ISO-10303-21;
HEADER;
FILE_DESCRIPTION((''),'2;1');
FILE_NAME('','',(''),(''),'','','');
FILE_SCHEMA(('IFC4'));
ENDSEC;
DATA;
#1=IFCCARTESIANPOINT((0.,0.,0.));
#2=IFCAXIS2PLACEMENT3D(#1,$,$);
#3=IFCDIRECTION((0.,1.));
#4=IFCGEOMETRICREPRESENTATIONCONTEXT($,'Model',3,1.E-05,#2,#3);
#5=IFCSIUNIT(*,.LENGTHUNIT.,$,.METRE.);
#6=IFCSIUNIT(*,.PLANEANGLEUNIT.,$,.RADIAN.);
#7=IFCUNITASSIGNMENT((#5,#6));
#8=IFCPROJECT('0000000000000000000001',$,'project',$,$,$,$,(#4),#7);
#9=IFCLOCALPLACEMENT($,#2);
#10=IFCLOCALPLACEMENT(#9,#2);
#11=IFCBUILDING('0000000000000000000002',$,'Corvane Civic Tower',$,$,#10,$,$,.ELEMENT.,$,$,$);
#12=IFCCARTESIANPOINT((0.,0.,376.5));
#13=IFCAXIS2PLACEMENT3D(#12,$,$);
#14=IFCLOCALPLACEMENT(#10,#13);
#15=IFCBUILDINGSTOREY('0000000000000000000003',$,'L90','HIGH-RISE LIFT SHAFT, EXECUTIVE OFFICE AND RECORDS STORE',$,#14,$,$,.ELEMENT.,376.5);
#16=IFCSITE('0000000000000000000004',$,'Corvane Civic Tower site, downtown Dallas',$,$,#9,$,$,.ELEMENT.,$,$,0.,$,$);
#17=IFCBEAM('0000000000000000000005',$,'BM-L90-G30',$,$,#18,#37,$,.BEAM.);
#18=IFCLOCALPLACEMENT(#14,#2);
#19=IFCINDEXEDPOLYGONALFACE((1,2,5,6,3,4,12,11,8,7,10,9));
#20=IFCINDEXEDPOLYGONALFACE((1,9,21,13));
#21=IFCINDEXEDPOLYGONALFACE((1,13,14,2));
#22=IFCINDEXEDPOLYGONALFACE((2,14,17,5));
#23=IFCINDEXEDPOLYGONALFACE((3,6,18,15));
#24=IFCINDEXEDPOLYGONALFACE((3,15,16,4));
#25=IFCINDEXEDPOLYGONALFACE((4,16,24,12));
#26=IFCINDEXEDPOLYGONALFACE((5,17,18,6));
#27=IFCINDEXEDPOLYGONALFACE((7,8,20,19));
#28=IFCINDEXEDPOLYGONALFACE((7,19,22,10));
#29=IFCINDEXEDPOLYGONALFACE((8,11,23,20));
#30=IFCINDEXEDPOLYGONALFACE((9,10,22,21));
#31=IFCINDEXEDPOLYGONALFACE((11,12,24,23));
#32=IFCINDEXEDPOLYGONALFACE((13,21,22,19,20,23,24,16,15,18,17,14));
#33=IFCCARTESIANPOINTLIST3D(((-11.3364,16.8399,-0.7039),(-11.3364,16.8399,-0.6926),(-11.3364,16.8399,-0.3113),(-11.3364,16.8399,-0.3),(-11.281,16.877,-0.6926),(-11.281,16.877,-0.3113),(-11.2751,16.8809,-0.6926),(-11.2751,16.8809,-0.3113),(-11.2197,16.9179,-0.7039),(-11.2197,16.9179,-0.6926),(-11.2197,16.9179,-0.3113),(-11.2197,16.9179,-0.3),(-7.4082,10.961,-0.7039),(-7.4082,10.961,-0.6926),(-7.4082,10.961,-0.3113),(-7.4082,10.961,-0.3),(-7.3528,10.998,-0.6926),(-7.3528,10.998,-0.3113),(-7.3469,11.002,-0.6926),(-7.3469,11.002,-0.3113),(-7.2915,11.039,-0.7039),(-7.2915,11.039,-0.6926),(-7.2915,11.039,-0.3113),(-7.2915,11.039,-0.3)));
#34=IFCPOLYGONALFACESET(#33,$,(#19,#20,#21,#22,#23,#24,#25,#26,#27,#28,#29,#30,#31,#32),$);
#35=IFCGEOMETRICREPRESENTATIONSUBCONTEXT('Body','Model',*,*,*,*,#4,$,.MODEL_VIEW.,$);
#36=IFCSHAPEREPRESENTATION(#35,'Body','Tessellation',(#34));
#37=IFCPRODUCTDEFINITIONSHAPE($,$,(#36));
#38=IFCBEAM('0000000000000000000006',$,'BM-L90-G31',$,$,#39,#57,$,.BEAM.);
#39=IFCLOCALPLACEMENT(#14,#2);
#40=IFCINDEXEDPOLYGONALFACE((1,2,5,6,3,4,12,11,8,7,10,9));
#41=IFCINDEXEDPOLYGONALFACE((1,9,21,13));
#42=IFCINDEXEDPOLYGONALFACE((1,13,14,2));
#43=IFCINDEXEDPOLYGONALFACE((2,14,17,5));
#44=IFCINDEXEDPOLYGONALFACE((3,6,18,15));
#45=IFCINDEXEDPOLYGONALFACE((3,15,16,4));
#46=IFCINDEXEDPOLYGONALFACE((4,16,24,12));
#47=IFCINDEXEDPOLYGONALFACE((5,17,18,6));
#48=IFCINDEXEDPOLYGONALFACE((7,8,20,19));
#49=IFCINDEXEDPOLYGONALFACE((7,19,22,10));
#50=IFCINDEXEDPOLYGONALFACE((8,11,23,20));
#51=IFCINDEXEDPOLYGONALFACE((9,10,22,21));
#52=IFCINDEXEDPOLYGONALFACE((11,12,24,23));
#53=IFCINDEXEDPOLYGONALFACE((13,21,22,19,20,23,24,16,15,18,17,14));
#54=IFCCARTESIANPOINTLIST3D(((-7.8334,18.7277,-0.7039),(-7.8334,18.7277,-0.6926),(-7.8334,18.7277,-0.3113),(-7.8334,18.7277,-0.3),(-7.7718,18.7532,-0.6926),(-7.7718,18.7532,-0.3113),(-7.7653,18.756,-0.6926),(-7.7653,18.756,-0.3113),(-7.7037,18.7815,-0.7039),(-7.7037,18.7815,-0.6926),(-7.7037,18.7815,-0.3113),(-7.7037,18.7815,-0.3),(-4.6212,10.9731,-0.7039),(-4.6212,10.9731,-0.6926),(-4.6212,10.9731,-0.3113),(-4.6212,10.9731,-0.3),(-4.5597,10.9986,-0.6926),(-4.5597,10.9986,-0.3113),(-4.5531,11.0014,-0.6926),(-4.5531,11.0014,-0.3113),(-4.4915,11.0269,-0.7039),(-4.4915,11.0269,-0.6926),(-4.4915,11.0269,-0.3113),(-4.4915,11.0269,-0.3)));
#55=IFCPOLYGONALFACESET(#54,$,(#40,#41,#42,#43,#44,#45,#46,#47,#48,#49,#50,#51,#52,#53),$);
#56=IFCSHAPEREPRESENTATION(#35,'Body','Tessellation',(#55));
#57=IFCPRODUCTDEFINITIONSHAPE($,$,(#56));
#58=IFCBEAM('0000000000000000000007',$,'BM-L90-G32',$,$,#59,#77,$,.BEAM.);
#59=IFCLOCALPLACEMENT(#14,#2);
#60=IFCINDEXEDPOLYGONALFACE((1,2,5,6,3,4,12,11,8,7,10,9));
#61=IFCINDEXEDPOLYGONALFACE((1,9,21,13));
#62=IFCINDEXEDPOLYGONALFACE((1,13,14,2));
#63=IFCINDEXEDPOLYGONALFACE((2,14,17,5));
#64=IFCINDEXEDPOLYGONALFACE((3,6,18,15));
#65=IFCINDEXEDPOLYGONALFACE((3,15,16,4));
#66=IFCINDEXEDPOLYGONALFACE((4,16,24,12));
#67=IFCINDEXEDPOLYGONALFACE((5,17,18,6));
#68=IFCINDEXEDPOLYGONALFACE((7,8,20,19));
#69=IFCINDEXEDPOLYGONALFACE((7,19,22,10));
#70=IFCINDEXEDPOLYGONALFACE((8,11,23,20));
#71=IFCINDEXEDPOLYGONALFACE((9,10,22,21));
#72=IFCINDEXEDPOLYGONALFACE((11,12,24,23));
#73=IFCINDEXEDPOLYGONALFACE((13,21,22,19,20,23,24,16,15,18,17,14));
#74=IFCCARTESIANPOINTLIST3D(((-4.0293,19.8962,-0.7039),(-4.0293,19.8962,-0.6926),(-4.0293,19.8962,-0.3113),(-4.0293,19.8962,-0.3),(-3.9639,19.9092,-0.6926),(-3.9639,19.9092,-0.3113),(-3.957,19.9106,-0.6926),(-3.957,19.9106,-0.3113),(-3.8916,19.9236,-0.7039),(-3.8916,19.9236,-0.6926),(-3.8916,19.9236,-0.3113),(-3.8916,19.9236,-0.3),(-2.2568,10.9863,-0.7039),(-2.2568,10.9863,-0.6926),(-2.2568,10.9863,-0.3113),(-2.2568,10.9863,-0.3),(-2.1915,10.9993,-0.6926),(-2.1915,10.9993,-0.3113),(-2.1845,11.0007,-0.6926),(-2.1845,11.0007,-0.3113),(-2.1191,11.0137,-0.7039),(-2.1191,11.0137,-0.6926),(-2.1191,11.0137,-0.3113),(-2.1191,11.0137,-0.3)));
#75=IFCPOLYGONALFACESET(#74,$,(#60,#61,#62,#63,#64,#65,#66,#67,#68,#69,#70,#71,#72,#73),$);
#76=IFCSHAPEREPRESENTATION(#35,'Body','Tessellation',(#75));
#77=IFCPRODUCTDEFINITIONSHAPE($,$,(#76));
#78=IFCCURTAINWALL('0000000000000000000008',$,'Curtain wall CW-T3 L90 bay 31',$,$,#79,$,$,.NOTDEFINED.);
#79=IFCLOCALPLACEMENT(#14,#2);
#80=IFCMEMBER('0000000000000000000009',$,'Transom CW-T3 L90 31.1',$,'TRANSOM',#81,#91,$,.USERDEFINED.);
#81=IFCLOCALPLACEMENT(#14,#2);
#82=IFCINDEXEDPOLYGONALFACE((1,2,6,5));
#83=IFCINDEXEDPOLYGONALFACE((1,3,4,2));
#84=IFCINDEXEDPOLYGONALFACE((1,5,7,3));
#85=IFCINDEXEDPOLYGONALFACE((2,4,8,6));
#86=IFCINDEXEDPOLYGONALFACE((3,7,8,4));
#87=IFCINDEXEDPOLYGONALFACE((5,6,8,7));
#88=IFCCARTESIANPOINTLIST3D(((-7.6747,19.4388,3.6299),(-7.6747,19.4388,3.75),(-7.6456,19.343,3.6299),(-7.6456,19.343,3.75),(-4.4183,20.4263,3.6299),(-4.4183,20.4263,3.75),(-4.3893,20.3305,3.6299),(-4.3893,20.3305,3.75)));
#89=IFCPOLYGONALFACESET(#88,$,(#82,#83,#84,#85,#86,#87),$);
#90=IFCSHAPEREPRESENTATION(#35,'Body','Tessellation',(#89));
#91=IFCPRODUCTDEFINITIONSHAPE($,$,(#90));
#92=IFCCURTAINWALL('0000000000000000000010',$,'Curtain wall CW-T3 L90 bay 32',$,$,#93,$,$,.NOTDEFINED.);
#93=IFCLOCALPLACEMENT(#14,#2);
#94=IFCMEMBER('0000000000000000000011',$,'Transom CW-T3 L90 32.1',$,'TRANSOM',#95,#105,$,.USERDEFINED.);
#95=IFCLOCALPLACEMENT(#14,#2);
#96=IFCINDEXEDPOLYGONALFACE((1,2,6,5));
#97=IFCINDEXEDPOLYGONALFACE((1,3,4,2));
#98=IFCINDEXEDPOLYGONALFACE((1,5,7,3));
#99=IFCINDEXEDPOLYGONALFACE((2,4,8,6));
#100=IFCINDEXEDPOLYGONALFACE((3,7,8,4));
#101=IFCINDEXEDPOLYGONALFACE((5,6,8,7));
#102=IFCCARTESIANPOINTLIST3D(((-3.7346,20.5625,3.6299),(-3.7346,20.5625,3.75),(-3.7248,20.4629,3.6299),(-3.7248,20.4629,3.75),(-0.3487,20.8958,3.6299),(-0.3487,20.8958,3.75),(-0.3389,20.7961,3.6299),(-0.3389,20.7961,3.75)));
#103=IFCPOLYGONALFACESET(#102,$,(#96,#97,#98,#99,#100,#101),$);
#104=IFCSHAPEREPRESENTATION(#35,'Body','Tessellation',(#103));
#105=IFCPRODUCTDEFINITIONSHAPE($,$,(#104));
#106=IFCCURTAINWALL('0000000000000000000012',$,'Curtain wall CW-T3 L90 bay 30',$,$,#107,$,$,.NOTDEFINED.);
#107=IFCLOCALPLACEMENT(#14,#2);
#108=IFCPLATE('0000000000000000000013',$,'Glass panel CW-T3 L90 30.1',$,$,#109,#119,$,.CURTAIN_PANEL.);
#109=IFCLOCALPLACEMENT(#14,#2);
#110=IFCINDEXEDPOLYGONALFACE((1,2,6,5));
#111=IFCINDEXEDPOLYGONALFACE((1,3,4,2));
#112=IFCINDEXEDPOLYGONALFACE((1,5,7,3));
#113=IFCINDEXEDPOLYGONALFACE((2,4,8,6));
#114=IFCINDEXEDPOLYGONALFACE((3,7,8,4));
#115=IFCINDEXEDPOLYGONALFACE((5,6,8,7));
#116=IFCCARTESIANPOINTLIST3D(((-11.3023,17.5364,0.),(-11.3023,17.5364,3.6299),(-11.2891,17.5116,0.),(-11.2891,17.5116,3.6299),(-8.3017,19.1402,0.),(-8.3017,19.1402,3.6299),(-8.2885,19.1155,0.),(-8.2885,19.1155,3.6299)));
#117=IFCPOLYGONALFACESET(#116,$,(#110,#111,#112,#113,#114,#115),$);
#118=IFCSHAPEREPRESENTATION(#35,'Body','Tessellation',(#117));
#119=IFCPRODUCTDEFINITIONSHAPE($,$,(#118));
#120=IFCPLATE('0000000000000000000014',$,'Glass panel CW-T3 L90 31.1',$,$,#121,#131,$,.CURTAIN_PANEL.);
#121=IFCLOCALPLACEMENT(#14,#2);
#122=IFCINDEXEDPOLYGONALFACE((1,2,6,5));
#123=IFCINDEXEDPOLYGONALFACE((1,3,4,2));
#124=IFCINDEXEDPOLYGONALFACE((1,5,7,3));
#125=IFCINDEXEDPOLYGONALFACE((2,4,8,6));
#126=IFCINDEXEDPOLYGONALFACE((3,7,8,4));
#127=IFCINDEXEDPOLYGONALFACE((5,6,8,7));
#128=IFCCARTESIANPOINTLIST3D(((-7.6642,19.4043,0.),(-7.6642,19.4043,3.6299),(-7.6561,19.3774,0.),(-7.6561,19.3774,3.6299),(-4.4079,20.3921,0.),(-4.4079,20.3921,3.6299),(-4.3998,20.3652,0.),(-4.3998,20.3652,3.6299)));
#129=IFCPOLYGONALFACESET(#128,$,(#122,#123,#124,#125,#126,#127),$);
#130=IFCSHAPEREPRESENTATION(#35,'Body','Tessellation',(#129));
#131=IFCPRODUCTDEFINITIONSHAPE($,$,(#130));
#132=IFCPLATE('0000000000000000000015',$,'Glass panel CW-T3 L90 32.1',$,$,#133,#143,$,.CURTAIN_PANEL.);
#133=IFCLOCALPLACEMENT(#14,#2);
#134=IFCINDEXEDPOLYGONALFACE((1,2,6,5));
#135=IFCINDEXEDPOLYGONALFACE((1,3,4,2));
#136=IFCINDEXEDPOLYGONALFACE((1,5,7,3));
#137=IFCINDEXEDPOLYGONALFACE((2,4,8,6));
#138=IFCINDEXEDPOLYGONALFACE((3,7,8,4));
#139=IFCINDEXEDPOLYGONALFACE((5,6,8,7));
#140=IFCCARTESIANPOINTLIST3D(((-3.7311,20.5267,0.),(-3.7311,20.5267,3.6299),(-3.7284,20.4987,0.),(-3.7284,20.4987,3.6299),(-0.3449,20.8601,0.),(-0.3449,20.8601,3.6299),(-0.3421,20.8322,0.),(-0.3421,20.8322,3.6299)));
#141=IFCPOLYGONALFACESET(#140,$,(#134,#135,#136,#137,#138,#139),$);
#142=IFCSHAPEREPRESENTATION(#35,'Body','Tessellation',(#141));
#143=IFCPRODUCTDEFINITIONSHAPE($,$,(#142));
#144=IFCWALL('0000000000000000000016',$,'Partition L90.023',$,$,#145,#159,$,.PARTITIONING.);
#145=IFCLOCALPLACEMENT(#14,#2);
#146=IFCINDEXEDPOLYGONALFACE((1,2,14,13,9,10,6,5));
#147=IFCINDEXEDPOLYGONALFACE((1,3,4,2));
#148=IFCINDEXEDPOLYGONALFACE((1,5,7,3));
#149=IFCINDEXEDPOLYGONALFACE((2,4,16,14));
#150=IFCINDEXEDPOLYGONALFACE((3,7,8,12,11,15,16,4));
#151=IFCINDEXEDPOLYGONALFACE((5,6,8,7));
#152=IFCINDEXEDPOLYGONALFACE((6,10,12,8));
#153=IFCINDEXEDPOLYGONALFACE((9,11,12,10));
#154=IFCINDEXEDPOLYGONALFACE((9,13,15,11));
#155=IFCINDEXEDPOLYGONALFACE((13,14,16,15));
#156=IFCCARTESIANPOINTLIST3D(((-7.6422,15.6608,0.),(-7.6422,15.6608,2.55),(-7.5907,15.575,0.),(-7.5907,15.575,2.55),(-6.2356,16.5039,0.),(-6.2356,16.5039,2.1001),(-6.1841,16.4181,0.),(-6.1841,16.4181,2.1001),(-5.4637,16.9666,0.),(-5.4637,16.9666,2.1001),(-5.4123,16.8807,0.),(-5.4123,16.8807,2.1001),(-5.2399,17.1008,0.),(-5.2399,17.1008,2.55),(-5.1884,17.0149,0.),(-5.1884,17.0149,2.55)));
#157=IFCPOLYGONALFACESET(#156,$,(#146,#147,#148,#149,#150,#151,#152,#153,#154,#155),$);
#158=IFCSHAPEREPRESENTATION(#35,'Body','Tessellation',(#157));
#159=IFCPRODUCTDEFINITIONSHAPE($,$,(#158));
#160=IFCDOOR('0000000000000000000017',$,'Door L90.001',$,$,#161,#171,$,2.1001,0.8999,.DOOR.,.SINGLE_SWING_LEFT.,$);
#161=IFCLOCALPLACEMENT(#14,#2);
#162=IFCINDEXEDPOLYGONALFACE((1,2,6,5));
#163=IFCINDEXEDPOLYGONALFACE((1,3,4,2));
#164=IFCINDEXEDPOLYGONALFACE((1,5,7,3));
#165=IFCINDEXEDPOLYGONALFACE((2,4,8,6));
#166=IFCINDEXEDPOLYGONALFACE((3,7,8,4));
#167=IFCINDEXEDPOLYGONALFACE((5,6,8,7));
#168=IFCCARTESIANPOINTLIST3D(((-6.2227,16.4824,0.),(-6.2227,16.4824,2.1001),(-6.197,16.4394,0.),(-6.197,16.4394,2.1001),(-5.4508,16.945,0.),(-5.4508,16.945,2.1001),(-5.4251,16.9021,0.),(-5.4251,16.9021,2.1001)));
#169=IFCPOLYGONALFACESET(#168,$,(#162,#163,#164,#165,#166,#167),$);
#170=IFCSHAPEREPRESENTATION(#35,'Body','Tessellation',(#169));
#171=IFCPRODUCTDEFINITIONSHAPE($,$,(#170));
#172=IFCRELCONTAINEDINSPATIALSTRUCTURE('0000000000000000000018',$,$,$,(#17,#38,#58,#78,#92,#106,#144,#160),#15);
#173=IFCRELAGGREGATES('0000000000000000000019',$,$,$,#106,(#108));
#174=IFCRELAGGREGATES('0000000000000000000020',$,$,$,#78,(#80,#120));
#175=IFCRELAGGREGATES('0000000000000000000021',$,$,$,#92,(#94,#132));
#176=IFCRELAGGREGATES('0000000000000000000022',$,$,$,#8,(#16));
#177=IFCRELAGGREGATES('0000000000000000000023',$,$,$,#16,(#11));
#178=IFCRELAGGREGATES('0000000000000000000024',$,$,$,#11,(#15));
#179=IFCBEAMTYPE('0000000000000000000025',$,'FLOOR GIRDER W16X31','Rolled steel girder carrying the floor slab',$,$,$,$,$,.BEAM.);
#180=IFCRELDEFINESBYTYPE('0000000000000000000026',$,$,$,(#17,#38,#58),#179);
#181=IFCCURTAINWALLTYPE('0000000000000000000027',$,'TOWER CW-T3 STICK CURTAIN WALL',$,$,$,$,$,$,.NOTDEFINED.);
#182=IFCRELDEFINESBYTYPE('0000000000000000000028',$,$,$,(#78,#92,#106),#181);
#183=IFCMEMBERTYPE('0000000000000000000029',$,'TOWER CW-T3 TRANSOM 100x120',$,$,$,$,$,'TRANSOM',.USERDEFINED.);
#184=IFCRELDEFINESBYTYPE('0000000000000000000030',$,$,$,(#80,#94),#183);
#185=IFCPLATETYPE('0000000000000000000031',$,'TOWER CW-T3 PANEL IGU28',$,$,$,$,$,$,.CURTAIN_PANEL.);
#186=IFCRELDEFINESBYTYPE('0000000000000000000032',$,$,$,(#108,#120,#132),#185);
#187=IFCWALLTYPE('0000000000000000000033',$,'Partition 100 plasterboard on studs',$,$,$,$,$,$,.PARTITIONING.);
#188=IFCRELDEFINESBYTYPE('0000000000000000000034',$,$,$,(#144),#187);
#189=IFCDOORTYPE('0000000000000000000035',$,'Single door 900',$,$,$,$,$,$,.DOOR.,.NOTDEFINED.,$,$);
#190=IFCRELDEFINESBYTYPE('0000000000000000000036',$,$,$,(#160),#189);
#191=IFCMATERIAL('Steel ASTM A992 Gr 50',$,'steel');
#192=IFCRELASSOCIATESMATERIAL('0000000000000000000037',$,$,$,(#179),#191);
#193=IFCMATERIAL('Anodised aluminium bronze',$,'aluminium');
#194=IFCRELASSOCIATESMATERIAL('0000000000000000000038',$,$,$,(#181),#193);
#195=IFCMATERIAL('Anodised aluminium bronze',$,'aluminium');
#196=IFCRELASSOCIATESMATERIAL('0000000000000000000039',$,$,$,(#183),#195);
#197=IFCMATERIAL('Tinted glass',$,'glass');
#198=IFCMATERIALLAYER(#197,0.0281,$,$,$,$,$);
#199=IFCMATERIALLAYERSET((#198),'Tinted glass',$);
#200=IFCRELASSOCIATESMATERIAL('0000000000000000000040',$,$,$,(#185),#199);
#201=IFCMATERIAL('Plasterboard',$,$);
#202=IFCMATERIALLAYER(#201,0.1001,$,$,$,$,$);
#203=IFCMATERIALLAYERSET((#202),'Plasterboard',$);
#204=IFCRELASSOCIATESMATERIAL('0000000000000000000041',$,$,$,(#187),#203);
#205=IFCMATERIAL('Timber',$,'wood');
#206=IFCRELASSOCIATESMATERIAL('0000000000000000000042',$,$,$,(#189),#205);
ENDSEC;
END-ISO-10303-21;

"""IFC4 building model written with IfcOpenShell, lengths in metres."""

from ifc_helpers import new_model, si_unit, direction, frame, frame_2d, origin, origin_2d, place, context, subcontext, project, spatial, rectangle, i_section, extrude, material, layer, layer_set, material_profile, profile_set, type_object, element, fill, aggregate, save


model = new_model("IFC4")

# Units and contexts
model_context = context("Model", 3, precision=1e-05, world=origin(), true_north=direction((0.0, 1.0)))
body_context = subcontext(model_context, "Body", "Model", "MODEL_VIEW")
ifc_project = project(units=[si_unit("LENGTHUNIT", "METRE"), si_unit("PLANEANGLEUNIT", "RADIAN")], contexts=[model_context])

# Site, building, storey
site_placement = place(None, origin())
site = spatial("IfcSite", under=ifc_project, at=site_placement, Name="Corvane Civic Tower site, downtown Dallas", CompositionType="ELEMENT", RefElevation=0.0)
building_placement = place(site_placement, origin())
building = spatial("IfcBuilding", under=site, at=building_placement, Name="Corvane Civic Tower", CompositionType="ELEMENT")
storey_placement = place(building_placement, frame((0.0, 0.0, 376.5)))
storey = spatial("IfcBuildingStorey", under=building, at=storey_placement, Name="L90", Description="HIGH-RISE LIFT SHAFT, EXECUTIVE OFFICE AND RECORDS STORE", CompositionType="ELEMENT", Elevation=376.5)

# Beams
ifc_material_1 = material(Name="Steel ASTM A992 Gr 50", Category="steel")
ifc_material_profile_1 = material_profile(ifc_material_1, i_section(OverallWidth=0.1404, OverallDepth=0.4038, WebThickness=0.0071, FlangeThickness=0.0112, at=origin_2d()), Name="W16X31")
ifc_profile_set_1 = profile_set([ifc_material_profile_1], Name="Steel ASTM A992 Gr 50")
beam_type_1 = type_object("IfcBeamType", Name="FLOOR GIRDER W16X31", Description="Rolled steel girder carrying the floor slab", PredefinedType="BEAM", material=ifc_profile_set_1)
beam_1_placement = place(storey_placement, frame((-7.3499, 11.0, -0.502), z_axis=(-0.555576, 0.831465, 0.0), x_axis=(-0.831465, -0.555576, 0.0)))
element("IfcBeam", 1, at=beam_1_placement, inside=storey, type_object=beam_type_1, Name="BM-L90-G30", PredefinedType="BEAM", context=body_context, shape_type="SweptSolid", body=[
    extrude(i_section(OverallWidth=0.1404, OverallDepth=0.4038, WebThickness=0.0071, FlangeThickness=0.0112, at=origin_2d()), origin(), (0.0, 0.0, 1.0), 7.0706),
])
beam_2_placement = place(storey_placement, frame((-4.5564, 11.0, -0.502), z_axis=(-0.382692, 0.923876, 0.0), x_axis=(-0.923876, -0.382692, 0.0)))
element("IfcBeam", 2, at=beam_2_placement, inside=storey, type_object=beam_type_1, Name="BM-L90-G31", PredefinedType="BEAM", context=body_context, shape_type="SweptSolid", body=[
    extrude(i_section(OverallWidth=0.1404, OverallDepth=0.4038, WebThickness=0.0071, FlangeThickness=0.0112, at=origin_2d()), origin(), (0.0, 0.0, 1.0), 8.3936),
])
beam_3_placement = place(storey_placement, frame((-2.188, 11.0, -0.502), z_axis=(-0.195108, 0.980782, 0.0), x_axis=(-0.980782, -0.195108, 0.0)))
element("IfcBeam", 3, at=beam_3_placement, inside=storey, type_object=beam_type_1, Name="BM-L90-G32", PredefinedType="BEAM", context=body_context, shape_type="SweptSolid", body=[
    extrude(i_section(OverallWidth=0.1404, OverallDepth=0.4038, WebThickness=0.0071, FlangeThickness=0.0112, at=origin_2d()), origin(), (0.0, 0.0, 1.0), 9.0845),
])

# Curtain walls, members
ifc_material_2 = material(Name="Anodised aluminium bronze", Category="aluminium")
curtain_wall_type = type_object("IfcCurtainWallType", Name="TOWER CW-T3 STICK CURTAIN WALL", PredefinedType="NOTDEFINED", material=ifc_material_2)
curtain_wall_1_placement = place(storey_placement, origin())
curtain_wall_1 = element("IfcCurtainWall", 4, at=curtain_wall_1_placement, inside=storey, type_object=curtain_wall_type, Name="Curtain wall CW-T3 L90 bay 31", PredefinedType="NOTDEFINED")
ifc_material_3 = material(Name="Anodised aluminium bronze", Category="aluminium")
ifc_material_profile_2 = material_profile(ifc_material_3, rectangle(XDim=0.1001, YDim=0.1201, at=origin_2d()), Name="TOWER CW-T3 TRANSOM 100x120")
ifc_profile_set_2 = profile_set([ifc_material_profile_2], Name="Anodised aluminium bronze")
member_type = type_object("IfcMemberType", Name="TOWER CW-T3 TRANSOM 100x120", ElementType="TRANSOM", PredefinedType="USERDEFINED", material=ifc_profile_set_2)
member_1_placement = place(storey_placement, frame((-7.6602, 19.3909, 3.6899), z_axis=(0.956961, 0.290216, 0.0), x_axis=(-0.290216, 0.956961, 0.0)))
member_1 = element("IfcMember", 5, at=member_1_placement, type_object=member_type, Name="Transom CW-T3 L90 31.1", ObjectType="TRANSOM", PredefinedType="USERDEFINED", context=body_context, shape_type="SweptSolid", body=[
    extrude(rectangle(XDim=0.1001, YDim=0.1201, at=origin_2d()), origin(), (0.0, 0.0, 1.0), 3.4028),
])
curtain_wall_2_placement = place(storey_placement, origin())
curtain_wall_2 = element("IfcCurtainWall", 6, at=curtain_wall_2_placement, inside=storey, type_object=curtain_wall_type, Name="Curtain wall CW-T3 L90 bay 32", PredefinedType="NOTDEFINED")
member_2_placement = place(storey_placement, frame((-3.7297, 20.5127, 3.6899), z_axis=(0.995192, 0.097948, 0.0), x_axis=(-0.097948, 0.995192, 0.0)))
member_2 = element("IfcMember", 7, at=member_2_placement, type_object=member_type, Name="Transom CW-T3 L90 32.1", ObjectType="TRANSOM", PredefinedType="USERDEFINED", context=body_context, shape_type="SweptSolid", body=[
    extrude(rectangle(XDim=0.1001, YDim=0.1201, at=origin_2d()), origin(), (0.0, 0.0, 1.0), 3.4023),
])

# Curtain wall, plate
curtain_wall_3_placement = place(storey_placement, origin())
curtain_wall_3 = element("IfcCurtainWall", 8, at=curtain_wall_3_placement, inside=storey, type_object=curtain_wall_type, Name="Curtain wall CW-T3 L90 bay 30", PredefinedType="NOTDEFINED")
ifc_material_4 = material(Name="Tinted glass", Category="glass")
ifc_layer_1 = layer(ifc_material_4, 0.0281)
ifc_layer_set_1 = layer_set([ifc_layer_1], Name="Tinted glass")
plate_type = type_object("IfcPlateType", Name="TOWER CW-T3 PANEL IGU28", PredefinedType="CURTAIN_PANEL", material=ifc_layer_set_1)
plate_1_placement = place(storey_placement, frame((-9.7954, 18.3259, 0.0), z_axis=(0.0, 0.0, 1.0), x_axis=(0.881928, 0.471384, 0.0)))
plate_1 = element("IfcPlate", 9, at=plate_1_placement, type_object=plate_type, Name="Glass panel CW-T3 L90 30.1", PredefinedType="CURTAIN_PANEL", context=body_context, shape_type="SweptSolid", body=[
    extrude(rectangle(XDim=3.4023, YDim=0.0281, at=origin_2d()), origin(), (0.0, 0.0, 1.0), 3.6299),
])
aggregate(curtain_wall_3, [plate_1])

# Plates
plate_2_placement = place(storey_placement, frame((-6.032, 19.8848, 0.0), z_axis=(0.0, 0.0, 1.0), x_axis=(0.956939, 0.29029, 0.0)))
plate_2 = element("IfcPlate", 10, at=plate_2_placement, type_object=plate_type, Name="Glass panel CW-T3 L90 31.1", PredefinedType="CURTAIN_PANEL", context=body_context, shape_type="SweptSolid", body=[
    extrude(rectangle(XDim=3.4028, YDim=0.0281, at=origin_2d()), origin(), (0.0, 0.0, 1.0), 3.6299),
])
aggregate(curtain_wall_1, [member_1, plate_2])
plate_3_placement = place(storey_placement, frame((-2.0366, 20.6794, 0.0), z_axis=(0.0, 0.0, 1.0), x_axis=(0.995187, 0.097998, 0.0)))
plate_3 = element("IfcPlate", 11, at=plate_3_placement, type_object=plate_type, Name="Glass panel CW-T3 L90 32.1", PredefinedType="CURTAIN_PANEL", context=body_context, shape_type="SweptSolid", body=[
    extrude(rectangle(XDim=3.4026, YDim=0.0281, at=origin_2d()), origin(), (0.0, 0.0, 1.0), 3.6299),
])
aggregate(curtain_wall_2, [member_2, plate_3])

# Wall, opening, door
ifc_material_5 = material(Name="Plasterboard")
ifc_layer_2 = layer(ifc_material_5, 0.1001)
ifc_layer_set_2 = layer_set([ifc_layer_2], Name="Plasterboard")
wall_type = type_object("IfcWallType", Name="Partition 100 plasterboard on studs", PredefinedType="PARTITIONING", material=ifc_layer_set_2)
wall_1_placement = place(storey_placement, frame((-7.6165, 15.6179, 0.0), z_axis=(0.0, 0.0, 1.0), x_axis=(0.857724, 0.514111, 0.0)))
wall_1 = element("IfcWall", 12, at=wall_1_placement, inside=storey, type_object=wall_type, Name="Partition L90.023", PredefinedType="PARTITIONING", context=body_context, shape_type="SweptSolid", body=[
    extrude(rectangle(XDim=2.8008, YDim=0.1001, at=frame_2d((1.4004, 0.0))), origin(), (0.0, 0.0, 1.0), 2.55),
])
opening_1_placement = place(wall_1_placement, frame((1.6399, 0.0, 0.0)))
opening_1 = element("IfcOpeningElement", 13, at=opening_1_placement, cuts=wall_1, PredefinedType="OPENING", context=body_context, shape_type="SweptSolid", body=[
    extrude(rectangle(XDim=0.8999, YDim=2.1001, at=frame_2d((0.45, 1.05))), frame((0.0, 0.0601, 0.0), z_axis=(0.0, -1.0, 0.0), x_axis=(1.0, 0.0, 0.0)), (0.0, 0.0, 1.0), 0.1201),
])
ifc_material_6 = material(Name="Timber", Category="wood")
door_type_1 = type_object("IfcDoorType", Name="Single door 900", OperationType="NOTDEFINED", PredefinedType="DOOR", material=ifc_material_6)
door_1_placement = place(opening_1_placement, origin())
door_1 = element("IfcDoor", 14, at=door_1_placement, inside=storey, type_object=door_type_1, Name="Door L90.001", OperationType="SINGLE_SWING_LEFT", OverallHeight=2.1001, OverallWidth=0.8999, PredefinedType="DOOR", context=body_context, shape_type="SweptSolid", body=[
    extrude(rectangle(XDim=0.8999, YDim=2.1001, at=frame_2d((0.45, 1.05))), frame((0.0, 0.0249, 0.0), z_axis=(0.0, -1.0, 0.0), x_axis=(1.0, 0.0, 0.0)), (0.0, 0.0, 1.0), 0.05),
])
fill(opening_1, door_1)

save(model, "model.ifc")
